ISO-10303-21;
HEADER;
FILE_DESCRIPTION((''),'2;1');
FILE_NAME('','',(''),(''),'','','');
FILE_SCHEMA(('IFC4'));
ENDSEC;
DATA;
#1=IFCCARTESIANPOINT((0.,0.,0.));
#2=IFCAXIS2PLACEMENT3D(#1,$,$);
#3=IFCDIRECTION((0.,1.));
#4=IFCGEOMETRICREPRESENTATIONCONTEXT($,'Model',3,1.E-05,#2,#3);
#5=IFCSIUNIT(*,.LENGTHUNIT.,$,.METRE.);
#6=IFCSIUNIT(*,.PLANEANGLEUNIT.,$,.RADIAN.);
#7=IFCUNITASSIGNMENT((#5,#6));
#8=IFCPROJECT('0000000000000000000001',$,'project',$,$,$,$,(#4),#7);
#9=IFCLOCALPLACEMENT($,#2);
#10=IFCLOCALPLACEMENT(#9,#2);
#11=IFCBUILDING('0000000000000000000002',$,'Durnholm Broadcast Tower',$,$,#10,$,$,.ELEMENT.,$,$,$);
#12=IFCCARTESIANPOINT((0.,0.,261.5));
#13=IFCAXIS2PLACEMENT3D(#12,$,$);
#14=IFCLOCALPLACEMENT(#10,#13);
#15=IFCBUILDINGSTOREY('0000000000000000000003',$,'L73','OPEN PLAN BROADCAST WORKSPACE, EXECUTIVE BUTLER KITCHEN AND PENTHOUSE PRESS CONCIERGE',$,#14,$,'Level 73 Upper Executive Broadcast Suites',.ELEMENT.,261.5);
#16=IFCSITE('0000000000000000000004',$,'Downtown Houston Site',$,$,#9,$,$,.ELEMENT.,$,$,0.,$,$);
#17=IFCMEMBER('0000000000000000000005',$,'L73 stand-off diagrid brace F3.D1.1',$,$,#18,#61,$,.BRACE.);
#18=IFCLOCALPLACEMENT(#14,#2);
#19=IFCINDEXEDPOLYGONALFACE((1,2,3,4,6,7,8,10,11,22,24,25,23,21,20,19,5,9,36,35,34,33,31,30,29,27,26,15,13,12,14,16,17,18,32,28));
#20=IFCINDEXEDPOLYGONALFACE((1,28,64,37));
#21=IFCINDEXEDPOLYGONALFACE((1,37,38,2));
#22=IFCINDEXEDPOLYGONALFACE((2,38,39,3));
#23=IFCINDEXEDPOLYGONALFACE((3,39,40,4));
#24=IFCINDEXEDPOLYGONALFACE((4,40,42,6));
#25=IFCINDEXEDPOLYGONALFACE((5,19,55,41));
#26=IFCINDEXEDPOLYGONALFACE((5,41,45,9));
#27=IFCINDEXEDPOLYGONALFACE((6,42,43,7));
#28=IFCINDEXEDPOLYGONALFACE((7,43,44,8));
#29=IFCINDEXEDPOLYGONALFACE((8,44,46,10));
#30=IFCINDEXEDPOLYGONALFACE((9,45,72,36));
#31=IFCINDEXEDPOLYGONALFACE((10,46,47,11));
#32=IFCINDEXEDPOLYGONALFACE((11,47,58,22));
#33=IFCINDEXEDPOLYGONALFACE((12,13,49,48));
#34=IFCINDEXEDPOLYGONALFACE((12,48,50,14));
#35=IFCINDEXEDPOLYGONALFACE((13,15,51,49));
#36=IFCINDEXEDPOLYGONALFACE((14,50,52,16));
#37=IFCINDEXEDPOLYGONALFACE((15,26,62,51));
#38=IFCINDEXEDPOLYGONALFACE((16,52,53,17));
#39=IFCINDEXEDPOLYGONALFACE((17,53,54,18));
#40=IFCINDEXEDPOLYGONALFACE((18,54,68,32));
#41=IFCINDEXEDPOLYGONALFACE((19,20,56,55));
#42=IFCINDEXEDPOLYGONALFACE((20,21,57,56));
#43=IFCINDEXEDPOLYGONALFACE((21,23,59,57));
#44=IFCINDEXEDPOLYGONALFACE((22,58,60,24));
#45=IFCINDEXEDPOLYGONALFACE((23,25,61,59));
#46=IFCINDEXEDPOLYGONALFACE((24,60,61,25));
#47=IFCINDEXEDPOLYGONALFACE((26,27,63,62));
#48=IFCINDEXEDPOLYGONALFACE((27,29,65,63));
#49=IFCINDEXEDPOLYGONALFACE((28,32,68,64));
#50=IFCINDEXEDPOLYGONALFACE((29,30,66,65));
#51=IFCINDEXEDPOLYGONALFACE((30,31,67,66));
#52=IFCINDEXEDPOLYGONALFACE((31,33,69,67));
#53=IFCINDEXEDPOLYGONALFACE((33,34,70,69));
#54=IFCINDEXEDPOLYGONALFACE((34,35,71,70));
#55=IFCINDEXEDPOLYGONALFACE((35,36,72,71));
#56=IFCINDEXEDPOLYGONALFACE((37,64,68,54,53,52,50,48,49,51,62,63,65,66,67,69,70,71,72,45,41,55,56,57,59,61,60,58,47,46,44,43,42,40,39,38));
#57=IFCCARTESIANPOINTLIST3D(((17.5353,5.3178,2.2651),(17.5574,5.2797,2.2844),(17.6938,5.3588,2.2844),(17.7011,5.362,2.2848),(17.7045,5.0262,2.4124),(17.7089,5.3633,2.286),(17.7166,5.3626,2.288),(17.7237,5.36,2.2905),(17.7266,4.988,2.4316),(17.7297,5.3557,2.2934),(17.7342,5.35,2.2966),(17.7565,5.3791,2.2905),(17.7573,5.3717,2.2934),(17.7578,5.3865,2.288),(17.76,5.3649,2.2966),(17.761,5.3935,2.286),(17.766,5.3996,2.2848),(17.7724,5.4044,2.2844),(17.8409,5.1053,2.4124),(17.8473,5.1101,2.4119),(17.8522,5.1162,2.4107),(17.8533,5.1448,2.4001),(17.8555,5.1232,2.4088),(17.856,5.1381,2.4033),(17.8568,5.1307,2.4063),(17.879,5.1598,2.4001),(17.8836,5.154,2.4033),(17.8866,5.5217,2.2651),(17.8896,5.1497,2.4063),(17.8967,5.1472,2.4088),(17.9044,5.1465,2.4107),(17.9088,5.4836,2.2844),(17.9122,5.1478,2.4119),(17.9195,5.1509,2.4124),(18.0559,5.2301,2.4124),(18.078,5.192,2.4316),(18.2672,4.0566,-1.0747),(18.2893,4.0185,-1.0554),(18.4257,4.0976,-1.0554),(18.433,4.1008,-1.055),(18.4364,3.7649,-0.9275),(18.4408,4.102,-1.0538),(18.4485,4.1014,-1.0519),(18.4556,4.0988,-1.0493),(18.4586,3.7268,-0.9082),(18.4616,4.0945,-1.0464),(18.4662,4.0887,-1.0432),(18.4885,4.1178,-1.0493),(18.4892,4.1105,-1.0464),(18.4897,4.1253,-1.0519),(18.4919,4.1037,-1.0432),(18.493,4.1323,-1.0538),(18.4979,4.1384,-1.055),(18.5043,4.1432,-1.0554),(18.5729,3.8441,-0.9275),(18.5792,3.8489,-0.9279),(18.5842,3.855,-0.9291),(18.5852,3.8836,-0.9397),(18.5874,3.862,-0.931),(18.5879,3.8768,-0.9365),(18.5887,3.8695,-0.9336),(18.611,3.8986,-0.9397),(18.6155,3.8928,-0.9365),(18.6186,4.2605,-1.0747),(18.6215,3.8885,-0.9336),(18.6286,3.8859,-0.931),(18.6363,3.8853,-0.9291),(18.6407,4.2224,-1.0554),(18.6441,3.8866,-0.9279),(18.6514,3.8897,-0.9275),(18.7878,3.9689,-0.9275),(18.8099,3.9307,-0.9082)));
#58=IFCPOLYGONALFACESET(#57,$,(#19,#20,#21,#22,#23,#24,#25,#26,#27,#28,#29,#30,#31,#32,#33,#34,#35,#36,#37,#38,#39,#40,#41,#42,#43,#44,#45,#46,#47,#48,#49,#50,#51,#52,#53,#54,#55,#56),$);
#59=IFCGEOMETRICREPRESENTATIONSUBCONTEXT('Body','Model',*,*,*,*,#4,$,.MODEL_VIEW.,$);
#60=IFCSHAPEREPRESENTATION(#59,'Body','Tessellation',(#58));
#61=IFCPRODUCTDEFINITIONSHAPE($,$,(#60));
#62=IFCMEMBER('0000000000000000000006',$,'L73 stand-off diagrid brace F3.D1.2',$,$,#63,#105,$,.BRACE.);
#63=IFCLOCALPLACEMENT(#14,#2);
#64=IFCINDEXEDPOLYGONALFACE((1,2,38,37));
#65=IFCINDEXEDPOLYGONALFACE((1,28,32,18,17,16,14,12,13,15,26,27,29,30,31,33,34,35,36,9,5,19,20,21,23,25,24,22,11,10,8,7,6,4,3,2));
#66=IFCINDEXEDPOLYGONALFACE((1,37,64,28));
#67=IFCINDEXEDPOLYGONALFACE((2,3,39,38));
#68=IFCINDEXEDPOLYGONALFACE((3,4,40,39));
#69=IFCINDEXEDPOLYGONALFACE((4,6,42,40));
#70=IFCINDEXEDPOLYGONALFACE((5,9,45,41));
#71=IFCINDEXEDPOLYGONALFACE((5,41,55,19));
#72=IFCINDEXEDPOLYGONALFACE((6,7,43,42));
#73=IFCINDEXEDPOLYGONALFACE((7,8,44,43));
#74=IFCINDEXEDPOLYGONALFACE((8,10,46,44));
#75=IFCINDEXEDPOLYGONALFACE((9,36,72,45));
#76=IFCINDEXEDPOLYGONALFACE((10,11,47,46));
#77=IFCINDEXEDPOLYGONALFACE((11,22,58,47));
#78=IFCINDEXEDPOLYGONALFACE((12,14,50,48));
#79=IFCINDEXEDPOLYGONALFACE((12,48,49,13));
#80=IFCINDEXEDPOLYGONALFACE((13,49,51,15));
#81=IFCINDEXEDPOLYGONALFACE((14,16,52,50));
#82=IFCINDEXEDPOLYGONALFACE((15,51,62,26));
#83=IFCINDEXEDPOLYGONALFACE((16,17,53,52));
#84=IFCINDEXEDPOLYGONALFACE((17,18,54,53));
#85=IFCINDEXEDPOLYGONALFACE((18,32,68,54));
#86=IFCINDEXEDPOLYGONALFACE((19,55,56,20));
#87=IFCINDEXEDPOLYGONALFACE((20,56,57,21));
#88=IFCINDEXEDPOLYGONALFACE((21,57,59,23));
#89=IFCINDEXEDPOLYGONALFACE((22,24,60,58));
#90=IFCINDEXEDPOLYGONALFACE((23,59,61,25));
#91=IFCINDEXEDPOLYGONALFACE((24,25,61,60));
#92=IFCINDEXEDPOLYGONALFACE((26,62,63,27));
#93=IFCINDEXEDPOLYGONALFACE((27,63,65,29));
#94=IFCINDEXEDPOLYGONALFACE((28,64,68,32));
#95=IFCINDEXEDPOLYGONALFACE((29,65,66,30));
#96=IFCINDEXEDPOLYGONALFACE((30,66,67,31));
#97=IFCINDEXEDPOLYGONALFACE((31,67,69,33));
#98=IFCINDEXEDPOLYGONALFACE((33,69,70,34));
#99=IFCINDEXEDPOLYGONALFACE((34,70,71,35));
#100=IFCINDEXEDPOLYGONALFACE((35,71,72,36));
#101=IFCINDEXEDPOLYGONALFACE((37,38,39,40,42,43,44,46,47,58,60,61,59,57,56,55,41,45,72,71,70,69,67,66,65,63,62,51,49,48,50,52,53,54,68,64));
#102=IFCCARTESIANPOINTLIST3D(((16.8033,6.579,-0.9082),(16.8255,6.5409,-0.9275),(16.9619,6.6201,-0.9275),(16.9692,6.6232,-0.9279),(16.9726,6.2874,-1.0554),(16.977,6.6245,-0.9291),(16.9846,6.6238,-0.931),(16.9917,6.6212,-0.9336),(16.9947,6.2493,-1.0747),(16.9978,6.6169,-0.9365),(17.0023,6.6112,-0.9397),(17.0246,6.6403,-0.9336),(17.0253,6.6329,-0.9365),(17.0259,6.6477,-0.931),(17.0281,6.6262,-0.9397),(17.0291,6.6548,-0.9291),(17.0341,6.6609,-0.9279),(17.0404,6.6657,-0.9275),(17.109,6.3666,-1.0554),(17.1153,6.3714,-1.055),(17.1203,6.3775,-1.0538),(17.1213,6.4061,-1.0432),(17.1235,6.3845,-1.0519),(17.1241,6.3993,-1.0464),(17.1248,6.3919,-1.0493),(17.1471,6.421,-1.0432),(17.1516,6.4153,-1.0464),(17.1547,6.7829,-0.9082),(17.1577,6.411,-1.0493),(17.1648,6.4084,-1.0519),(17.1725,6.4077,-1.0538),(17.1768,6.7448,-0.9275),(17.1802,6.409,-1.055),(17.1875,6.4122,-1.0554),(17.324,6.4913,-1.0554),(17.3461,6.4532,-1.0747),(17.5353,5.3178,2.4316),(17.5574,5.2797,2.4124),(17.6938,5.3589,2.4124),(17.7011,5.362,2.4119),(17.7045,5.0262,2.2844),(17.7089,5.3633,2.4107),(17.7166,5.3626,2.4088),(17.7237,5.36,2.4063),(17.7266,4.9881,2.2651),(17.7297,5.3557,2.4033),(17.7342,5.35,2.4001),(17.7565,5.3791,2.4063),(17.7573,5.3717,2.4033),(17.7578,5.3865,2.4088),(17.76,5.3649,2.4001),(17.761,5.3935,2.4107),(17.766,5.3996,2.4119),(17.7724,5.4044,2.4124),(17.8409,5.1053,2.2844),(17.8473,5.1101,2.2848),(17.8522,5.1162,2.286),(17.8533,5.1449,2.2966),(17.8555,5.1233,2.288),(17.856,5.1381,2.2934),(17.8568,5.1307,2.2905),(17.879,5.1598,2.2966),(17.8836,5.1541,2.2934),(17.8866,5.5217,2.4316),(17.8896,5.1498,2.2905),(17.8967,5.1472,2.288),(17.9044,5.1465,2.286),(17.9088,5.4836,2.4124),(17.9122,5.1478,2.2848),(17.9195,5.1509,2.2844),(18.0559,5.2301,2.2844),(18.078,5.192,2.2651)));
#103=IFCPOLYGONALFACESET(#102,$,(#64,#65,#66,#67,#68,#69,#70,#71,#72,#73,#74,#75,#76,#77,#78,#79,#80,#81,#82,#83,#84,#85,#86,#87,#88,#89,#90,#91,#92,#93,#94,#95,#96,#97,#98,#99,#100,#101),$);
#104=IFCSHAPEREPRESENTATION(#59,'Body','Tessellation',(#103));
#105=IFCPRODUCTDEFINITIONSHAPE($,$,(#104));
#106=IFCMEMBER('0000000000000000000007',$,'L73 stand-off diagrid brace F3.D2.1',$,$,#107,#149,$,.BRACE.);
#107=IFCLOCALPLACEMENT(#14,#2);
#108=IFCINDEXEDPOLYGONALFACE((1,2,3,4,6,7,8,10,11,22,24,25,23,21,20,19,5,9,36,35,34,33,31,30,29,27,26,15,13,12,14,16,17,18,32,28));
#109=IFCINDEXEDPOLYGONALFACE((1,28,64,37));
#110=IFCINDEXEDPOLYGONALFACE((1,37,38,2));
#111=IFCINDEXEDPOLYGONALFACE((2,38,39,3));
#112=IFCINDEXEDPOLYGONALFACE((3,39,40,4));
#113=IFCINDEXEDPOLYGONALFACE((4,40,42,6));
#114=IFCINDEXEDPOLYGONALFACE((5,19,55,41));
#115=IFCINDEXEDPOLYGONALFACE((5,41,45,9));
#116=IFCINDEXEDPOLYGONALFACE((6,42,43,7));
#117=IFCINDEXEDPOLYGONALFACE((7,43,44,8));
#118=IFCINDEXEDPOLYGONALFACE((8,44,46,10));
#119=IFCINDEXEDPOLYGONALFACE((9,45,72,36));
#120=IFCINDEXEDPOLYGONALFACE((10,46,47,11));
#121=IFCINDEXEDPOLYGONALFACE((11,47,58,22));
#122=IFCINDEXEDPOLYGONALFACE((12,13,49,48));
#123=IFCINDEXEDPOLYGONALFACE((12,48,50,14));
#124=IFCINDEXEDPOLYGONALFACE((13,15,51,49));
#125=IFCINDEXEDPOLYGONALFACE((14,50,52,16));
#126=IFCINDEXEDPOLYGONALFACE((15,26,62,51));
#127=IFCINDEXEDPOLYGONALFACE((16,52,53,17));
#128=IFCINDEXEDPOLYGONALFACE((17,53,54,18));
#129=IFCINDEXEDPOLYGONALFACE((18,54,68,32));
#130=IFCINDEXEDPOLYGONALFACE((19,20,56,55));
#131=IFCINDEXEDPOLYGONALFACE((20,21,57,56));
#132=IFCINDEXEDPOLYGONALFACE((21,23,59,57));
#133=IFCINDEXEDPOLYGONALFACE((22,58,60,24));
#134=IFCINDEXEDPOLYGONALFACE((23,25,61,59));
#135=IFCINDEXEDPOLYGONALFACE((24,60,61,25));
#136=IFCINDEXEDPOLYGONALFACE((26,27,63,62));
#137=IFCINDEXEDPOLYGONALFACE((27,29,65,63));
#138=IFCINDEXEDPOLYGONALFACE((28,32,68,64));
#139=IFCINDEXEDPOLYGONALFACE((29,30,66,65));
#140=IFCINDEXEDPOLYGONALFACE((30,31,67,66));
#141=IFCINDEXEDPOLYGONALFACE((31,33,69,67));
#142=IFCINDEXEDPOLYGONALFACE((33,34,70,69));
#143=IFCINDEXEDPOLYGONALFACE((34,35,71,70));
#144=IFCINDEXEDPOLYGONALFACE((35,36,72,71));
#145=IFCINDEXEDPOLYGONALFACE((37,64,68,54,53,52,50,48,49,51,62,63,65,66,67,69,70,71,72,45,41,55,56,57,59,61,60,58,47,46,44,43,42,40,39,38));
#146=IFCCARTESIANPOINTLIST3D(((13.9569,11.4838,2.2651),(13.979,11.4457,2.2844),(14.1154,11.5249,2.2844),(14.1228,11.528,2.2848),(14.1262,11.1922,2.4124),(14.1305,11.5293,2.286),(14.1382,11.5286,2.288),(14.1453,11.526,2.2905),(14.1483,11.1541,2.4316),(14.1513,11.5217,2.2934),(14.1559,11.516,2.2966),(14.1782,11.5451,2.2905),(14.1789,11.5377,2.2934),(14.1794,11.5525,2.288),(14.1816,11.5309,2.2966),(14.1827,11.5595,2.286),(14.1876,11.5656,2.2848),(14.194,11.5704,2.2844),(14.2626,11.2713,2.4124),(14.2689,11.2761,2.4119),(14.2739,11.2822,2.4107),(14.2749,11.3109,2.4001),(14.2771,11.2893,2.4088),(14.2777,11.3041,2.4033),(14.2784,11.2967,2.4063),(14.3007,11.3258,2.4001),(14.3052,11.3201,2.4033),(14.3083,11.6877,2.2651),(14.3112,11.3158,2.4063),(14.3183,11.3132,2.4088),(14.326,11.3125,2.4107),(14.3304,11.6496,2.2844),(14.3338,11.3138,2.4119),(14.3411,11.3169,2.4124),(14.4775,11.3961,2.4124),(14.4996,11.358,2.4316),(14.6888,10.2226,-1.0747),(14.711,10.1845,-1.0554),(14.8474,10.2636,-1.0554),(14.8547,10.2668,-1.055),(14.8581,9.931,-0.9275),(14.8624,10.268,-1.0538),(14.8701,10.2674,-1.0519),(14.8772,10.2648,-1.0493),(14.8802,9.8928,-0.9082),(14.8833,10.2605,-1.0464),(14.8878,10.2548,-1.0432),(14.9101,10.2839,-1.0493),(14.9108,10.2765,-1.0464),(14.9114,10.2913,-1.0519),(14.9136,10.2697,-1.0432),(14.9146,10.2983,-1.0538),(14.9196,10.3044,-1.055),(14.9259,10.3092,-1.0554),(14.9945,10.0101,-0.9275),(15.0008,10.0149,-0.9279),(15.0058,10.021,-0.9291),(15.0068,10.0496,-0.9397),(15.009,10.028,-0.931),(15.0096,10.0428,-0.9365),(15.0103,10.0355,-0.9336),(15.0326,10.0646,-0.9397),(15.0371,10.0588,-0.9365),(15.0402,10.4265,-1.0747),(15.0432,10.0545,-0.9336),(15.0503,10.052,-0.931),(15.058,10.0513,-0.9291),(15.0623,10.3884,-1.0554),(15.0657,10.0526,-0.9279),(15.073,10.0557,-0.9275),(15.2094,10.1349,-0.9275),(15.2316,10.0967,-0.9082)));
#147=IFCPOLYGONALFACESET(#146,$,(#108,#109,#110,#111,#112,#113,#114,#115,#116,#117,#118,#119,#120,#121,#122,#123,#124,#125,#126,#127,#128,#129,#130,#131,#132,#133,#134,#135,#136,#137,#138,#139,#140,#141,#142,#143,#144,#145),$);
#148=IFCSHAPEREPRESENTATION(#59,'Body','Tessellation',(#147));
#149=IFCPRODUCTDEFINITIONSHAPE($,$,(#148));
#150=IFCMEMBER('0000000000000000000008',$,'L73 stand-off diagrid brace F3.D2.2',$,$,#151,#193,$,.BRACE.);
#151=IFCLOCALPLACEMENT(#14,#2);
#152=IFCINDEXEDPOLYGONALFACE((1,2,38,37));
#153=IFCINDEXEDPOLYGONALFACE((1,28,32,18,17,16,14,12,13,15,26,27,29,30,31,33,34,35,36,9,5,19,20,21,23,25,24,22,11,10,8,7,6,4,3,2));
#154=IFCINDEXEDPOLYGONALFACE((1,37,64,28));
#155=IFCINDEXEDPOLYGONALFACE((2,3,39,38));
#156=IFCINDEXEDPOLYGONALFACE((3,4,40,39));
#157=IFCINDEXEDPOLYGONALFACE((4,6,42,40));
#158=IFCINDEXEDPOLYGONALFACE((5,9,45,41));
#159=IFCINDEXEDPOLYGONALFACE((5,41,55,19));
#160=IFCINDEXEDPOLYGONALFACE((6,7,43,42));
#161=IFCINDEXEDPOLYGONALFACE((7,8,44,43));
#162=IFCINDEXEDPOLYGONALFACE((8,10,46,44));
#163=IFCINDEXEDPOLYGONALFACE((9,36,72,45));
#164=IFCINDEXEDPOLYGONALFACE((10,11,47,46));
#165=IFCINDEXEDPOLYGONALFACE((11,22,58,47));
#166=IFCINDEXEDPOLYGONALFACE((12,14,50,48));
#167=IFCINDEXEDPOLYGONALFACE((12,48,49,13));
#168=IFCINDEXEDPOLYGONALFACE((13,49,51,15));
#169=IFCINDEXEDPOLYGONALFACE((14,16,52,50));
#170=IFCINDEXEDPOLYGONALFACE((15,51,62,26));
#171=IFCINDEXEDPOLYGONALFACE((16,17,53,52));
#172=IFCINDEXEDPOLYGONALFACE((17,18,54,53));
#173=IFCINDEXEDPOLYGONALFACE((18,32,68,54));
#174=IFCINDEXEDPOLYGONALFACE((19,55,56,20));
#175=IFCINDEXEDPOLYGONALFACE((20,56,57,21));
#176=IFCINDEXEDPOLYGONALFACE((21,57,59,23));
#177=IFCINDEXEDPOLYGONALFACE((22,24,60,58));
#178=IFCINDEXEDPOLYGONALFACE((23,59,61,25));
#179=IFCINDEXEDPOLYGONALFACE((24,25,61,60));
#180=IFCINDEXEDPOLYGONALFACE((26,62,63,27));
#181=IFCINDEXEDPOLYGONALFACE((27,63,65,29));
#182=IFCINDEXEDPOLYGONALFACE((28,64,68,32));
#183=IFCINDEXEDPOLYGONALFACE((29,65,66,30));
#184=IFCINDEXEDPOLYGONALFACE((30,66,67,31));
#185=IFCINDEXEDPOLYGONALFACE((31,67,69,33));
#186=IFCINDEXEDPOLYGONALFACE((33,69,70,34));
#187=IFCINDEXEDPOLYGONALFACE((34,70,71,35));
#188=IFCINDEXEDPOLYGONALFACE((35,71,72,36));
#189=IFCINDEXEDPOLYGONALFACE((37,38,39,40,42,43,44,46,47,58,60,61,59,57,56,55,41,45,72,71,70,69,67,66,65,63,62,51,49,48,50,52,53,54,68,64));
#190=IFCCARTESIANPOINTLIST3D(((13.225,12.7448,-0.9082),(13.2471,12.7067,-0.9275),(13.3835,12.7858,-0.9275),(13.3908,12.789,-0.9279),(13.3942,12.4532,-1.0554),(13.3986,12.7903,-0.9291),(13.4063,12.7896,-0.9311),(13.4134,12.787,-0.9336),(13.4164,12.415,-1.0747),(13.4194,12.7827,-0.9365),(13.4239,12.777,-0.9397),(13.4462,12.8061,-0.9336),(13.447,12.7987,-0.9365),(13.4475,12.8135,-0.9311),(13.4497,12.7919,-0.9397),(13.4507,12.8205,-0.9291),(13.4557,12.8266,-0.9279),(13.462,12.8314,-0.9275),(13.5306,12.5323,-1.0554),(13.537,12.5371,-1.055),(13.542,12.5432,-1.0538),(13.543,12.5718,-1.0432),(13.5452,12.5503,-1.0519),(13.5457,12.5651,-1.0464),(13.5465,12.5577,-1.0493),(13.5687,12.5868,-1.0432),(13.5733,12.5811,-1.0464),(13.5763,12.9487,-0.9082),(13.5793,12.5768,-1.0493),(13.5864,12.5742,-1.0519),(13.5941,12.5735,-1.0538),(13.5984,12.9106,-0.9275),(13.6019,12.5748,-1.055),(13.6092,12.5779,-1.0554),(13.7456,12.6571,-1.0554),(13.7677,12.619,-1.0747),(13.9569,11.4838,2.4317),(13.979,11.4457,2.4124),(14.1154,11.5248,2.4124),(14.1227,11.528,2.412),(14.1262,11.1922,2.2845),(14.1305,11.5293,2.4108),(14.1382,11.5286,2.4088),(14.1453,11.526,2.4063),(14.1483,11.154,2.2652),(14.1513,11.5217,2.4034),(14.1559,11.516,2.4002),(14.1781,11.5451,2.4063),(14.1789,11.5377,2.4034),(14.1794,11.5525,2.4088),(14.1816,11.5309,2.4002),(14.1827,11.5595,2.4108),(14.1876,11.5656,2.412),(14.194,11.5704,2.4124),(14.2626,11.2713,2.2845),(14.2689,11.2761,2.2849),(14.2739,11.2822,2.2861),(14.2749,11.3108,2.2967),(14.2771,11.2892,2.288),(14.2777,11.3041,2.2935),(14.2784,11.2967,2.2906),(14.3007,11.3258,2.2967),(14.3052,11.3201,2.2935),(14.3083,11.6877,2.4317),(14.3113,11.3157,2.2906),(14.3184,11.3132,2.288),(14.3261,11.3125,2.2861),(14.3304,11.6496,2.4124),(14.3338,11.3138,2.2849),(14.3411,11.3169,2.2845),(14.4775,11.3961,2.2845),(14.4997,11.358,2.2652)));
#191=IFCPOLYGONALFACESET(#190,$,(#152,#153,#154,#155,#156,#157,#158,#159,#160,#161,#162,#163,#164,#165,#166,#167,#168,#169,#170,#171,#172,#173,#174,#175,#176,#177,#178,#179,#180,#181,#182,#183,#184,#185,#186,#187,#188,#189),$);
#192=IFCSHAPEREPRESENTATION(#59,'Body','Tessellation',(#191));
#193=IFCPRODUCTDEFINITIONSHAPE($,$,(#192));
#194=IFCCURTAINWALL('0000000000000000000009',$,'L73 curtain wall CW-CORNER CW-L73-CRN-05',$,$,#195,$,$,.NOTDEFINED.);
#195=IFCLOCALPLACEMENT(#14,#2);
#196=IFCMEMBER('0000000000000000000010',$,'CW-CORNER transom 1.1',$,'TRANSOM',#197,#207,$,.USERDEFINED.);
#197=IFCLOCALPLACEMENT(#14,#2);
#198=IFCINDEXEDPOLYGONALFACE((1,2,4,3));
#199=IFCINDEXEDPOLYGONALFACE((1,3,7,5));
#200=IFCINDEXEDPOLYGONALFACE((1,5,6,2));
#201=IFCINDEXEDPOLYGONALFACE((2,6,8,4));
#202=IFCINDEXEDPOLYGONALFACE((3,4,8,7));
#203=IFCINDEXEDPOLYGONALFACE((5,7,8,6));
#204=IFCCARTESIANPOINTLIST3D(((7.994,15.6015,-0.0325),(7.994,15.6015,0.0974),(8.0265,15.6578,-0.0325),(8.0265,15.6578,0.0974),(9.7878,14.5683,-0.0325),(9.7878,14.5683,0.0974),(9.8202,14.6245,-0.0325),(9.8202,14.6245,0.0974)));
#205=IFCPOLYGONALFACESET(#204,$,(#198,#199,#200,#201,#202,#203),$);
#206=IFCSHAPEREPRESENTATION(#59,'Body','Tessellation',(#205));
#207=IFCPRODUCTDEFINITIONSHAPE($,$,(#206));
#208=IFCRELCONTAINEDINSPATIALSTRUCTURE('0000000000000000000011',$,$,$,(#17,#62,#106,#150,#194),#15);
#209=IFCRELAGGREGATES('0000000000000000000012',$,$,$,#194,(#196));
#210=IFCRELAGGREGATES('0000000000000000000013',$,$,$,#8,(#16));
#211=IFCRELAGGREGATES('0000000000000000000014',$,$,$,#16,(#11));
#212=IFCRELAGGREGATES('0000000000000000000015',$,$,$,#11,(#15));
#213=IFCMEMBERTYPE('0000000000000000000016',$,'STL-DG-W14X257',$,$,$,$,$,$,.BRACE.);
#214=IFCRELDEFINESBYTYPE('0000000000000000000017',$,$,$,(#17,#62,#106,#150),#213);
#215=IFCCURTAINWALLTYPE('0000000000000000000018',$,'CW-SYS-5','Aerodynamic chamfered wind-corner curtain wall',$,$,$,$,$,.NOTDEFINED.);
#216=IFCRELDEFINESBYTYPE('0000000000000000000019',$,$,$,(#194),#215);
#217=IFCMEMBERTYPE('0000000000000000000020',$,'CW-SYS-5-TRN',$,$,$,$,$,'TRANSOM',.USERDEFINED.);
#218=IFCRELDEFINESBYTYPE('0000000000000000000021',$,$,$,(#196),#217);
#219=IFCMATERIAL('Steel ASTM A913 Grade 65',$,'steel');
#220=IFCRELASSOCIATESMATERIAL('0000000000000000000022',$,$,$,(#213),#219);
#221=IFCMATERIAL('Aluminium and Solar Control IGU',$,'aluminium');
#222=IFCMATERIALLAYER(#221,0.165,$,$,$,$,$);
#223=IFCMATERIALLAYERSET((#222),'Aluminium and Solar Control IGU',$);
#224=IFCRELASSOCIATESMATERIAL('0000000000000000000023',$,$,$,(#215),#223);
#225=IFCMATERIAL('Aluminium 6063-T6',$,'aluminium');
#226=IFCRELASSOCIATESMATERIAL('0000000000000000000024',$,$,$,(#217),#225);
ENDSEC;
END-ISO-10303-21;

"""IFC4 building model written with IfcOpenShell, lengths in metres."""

from ifc_helpers import new_model, si_unit, direction, frame, origin, origin_2d, place, context, subcontext, project, spatial, rectangle, i_section, extrude, source, transform, mapped, material, layer, layer_set, material_profile, profile_set, type_object, type_shapes, element, aggregate, save


model = new_model("IFC4")

# Units and contexts
model_context = context("Model", 3, precision=1e-05, world=origin(), true_north=direction((0.0, 1.0)))
body_context = subcontext(model_context, "Body", "Model", "MODEL_VIEW")
ifc_project = project(units=[si_unit("LENGTHUNIT", "METRE"), si_unit("PLANEANGLEUNIT", "RADIAN")], contexts=[model_context])

# Site, building, storey
site_placement = place(None, origin())
site = spatial("IfcSite", under=ifc_project, at=site_placement, Name="Downtown Houston Site", CompositionType="ELEMENT", RefElevation=0.0)
building_placement = place(site_placement, origin())
building = spatial("IfcBuilding", under=site, at=building_placement, Name="Durnholm Broadcast Tower", CompositionType="ELEMENT")
storey_placement = place(building_placement, frame((0.0, 0.0, 261.5)))
storey = spatial("IfcBuildingStorey", under=building, at=storey_placement, Name="L73", Description="OPEN PLAN BROADCAST WORKSPACE, EXECUTIVE BUTLER KITCHEN AND PENTHOUSE PRESS CONCIERGE", LongName="Level 73 Upper Executive Broadcast Suites", CompositionType="ELEMENT", Elevation=261.5)

# Members
ifc_material_1 = material(Name="Steel ASTM A913 Grade 65", Category="steel")
ifc_material_profile_1 = material_profile(ifc_material_1, i_section(OverallWidth=0.4062, OverallDepth=0.416, WebThickness=0.0298, FlangeThickness=0.0481, FilletRadius=0.0305, at=origin_2d()), Name="W14X257")
ifc_profile_set_1 = profile_set([ifc_material_profile_1], Name="Steel ASTM A913 Grade 65")
member_type_1 = type_object("IfcMemberType", Name="STL-DG-W14X257", PredefinedType="BRACE", material=ifc_profile_set_1)
shared_shape_1 = source(origin(), body_context, "Body", "SweptSolid", [
    extrude(i_section(OverallWidth=0.4062, OverallDepth=0.416, WebThickness=0.0298, FlangeThickness=0.0481, FilletRadius=0.0305, at=origin_2d()), origin(), (0.0, 0.0, 1.0), 3.6443),
])
type_shapes(member_type_1, [shared_shape_1])
for number, where, z_axis, x_axis, name in (
    (1, (18.5386, 3.9937, -0.9915), (-0.200843, 0.346082, 0.916455), (-0.864906, -0.501934, 0.0), "L73 stand-off diagrid brace F3.D1.1"),
    (2, (17.0747, 6.5161, -0.9915), (0.200843, -0.346082, 0.916455), (0.864906, 0.501934, 0.0), "L73 stand-off diagrid brace F3.D1.2"),
    (3, (14.9602, 10.1597, -0.9915), (-0.200843, 0.346082, 0.916455), (-0.864906, -0.501934, 0.0), "L73 stand-off diagrid brace F3.D2.1"),
    (4, (13.4963, 12.6819, -0.9915), (0.200848, -0.346023, 0.916476), (0.864864, 0.502006, 0.0), "L73 stand-off diagrid brace F3.D2.2"),
):
    element("IfcMember", number, at=place(storey_placement, frame(where, z_axis=z_axis, x_axis=x_axis)), inside=storey, type_object=member_type_1, Name=name, PredefinedType="BRACE", context=body_context, shape_type="MappedRepresentation", body=[
        mapped(shared_shape_1, transform((0.0, 0.0, 0.0), x_axis=(1.0, 0.0, 0.0), y_axis=(0.0, 1.0, 0.0), z_axis=(0.0, 0.0, 1.0), scale=1.0)),
    ])

# Curtain wall, member
ifc_material_2 = material(Name="Aluminium and Solar Control IGU", Category="aluminium")
ifc_layer_1 = layer(ifc_material_2, 0.165)
ifc_layer_set_1 = layer_set([ifc_layer_1], Name="Aluminium and Solar Control IGU")
curtain_wall_type_1 = type_object("IfcCurtainWallType", Name="CW-SYS-5", Description="Aerodynamic chamfered wind-corner curtain wall", PredefinedType="NOTDEFINED", material=ifc_layer_set_1)
curtain_wall_1_placement = place(storey_placement, origin())
curtain_wall_1 = element("IfcCurtainWall", 5, at=curtain_wall_1_placement, inside=storey, type_object=curtain_wall_type_1, Name="L73 curtain wall CW-CORNER CW-L73-CRN-05", PredefinedType="NOTDEFINED")
ifc_material_3 = material(Name="Aluminium 6063-T6", Category="aluminium")
ifc_material_profile_2 = material_profile(ifc_material_3, rectangle(XDim=0.0649, YDim=0.1299, at=origin_2d()), Name="CWT65X130")
ifc_profile_set_2 = profile_set([ifc_material_profile_2], Name="Aluminium 6063-T6")
member_type_2 = type_object("IfcMemberType", Name="CW-SYS-5-TRN", ElementType="TRANSOM", PredefinedType="USERDEFINED", material=ifc_profile_set_2)
shared_shape_2 = source(origin(), body_context, "Body", "SweptSolid", [
    extrude(rectangle(XDim=0.0649, YDim=0.1299, at=origin_2d()), origin(), (0.0, 0.0, 1.0), 2.0701),
])
member_1_placement = place(storey_placement, frame((8.0103, 15.6296, 0.0325), z_axis=(0.866525, -0.499134, 0.0), x_axis=(0.499134, 0.866525, 0.0)))
member_1 = element("IfcMember", 6, at=member_1_placement, type_object=member_type_2, Name="CW-CORNER transom 1.1", ObjectType="TRANSOM", PredefinedType="USERDEFINED", context=body_context, shape_type="MappedRepresentation", body=[
    mapped(shared_shape_2, transform((0.0, 0.0, 0.0), x_axis=(1.0, 0.0, 0.0), y_axis=(0.0, 1.0, 0.0), z_axis=(0.0, 0.0, 1.0), scale=1.0)),
])

aggregate(curtain_wall_1, [member_1])

save(model, "model.ifc")
